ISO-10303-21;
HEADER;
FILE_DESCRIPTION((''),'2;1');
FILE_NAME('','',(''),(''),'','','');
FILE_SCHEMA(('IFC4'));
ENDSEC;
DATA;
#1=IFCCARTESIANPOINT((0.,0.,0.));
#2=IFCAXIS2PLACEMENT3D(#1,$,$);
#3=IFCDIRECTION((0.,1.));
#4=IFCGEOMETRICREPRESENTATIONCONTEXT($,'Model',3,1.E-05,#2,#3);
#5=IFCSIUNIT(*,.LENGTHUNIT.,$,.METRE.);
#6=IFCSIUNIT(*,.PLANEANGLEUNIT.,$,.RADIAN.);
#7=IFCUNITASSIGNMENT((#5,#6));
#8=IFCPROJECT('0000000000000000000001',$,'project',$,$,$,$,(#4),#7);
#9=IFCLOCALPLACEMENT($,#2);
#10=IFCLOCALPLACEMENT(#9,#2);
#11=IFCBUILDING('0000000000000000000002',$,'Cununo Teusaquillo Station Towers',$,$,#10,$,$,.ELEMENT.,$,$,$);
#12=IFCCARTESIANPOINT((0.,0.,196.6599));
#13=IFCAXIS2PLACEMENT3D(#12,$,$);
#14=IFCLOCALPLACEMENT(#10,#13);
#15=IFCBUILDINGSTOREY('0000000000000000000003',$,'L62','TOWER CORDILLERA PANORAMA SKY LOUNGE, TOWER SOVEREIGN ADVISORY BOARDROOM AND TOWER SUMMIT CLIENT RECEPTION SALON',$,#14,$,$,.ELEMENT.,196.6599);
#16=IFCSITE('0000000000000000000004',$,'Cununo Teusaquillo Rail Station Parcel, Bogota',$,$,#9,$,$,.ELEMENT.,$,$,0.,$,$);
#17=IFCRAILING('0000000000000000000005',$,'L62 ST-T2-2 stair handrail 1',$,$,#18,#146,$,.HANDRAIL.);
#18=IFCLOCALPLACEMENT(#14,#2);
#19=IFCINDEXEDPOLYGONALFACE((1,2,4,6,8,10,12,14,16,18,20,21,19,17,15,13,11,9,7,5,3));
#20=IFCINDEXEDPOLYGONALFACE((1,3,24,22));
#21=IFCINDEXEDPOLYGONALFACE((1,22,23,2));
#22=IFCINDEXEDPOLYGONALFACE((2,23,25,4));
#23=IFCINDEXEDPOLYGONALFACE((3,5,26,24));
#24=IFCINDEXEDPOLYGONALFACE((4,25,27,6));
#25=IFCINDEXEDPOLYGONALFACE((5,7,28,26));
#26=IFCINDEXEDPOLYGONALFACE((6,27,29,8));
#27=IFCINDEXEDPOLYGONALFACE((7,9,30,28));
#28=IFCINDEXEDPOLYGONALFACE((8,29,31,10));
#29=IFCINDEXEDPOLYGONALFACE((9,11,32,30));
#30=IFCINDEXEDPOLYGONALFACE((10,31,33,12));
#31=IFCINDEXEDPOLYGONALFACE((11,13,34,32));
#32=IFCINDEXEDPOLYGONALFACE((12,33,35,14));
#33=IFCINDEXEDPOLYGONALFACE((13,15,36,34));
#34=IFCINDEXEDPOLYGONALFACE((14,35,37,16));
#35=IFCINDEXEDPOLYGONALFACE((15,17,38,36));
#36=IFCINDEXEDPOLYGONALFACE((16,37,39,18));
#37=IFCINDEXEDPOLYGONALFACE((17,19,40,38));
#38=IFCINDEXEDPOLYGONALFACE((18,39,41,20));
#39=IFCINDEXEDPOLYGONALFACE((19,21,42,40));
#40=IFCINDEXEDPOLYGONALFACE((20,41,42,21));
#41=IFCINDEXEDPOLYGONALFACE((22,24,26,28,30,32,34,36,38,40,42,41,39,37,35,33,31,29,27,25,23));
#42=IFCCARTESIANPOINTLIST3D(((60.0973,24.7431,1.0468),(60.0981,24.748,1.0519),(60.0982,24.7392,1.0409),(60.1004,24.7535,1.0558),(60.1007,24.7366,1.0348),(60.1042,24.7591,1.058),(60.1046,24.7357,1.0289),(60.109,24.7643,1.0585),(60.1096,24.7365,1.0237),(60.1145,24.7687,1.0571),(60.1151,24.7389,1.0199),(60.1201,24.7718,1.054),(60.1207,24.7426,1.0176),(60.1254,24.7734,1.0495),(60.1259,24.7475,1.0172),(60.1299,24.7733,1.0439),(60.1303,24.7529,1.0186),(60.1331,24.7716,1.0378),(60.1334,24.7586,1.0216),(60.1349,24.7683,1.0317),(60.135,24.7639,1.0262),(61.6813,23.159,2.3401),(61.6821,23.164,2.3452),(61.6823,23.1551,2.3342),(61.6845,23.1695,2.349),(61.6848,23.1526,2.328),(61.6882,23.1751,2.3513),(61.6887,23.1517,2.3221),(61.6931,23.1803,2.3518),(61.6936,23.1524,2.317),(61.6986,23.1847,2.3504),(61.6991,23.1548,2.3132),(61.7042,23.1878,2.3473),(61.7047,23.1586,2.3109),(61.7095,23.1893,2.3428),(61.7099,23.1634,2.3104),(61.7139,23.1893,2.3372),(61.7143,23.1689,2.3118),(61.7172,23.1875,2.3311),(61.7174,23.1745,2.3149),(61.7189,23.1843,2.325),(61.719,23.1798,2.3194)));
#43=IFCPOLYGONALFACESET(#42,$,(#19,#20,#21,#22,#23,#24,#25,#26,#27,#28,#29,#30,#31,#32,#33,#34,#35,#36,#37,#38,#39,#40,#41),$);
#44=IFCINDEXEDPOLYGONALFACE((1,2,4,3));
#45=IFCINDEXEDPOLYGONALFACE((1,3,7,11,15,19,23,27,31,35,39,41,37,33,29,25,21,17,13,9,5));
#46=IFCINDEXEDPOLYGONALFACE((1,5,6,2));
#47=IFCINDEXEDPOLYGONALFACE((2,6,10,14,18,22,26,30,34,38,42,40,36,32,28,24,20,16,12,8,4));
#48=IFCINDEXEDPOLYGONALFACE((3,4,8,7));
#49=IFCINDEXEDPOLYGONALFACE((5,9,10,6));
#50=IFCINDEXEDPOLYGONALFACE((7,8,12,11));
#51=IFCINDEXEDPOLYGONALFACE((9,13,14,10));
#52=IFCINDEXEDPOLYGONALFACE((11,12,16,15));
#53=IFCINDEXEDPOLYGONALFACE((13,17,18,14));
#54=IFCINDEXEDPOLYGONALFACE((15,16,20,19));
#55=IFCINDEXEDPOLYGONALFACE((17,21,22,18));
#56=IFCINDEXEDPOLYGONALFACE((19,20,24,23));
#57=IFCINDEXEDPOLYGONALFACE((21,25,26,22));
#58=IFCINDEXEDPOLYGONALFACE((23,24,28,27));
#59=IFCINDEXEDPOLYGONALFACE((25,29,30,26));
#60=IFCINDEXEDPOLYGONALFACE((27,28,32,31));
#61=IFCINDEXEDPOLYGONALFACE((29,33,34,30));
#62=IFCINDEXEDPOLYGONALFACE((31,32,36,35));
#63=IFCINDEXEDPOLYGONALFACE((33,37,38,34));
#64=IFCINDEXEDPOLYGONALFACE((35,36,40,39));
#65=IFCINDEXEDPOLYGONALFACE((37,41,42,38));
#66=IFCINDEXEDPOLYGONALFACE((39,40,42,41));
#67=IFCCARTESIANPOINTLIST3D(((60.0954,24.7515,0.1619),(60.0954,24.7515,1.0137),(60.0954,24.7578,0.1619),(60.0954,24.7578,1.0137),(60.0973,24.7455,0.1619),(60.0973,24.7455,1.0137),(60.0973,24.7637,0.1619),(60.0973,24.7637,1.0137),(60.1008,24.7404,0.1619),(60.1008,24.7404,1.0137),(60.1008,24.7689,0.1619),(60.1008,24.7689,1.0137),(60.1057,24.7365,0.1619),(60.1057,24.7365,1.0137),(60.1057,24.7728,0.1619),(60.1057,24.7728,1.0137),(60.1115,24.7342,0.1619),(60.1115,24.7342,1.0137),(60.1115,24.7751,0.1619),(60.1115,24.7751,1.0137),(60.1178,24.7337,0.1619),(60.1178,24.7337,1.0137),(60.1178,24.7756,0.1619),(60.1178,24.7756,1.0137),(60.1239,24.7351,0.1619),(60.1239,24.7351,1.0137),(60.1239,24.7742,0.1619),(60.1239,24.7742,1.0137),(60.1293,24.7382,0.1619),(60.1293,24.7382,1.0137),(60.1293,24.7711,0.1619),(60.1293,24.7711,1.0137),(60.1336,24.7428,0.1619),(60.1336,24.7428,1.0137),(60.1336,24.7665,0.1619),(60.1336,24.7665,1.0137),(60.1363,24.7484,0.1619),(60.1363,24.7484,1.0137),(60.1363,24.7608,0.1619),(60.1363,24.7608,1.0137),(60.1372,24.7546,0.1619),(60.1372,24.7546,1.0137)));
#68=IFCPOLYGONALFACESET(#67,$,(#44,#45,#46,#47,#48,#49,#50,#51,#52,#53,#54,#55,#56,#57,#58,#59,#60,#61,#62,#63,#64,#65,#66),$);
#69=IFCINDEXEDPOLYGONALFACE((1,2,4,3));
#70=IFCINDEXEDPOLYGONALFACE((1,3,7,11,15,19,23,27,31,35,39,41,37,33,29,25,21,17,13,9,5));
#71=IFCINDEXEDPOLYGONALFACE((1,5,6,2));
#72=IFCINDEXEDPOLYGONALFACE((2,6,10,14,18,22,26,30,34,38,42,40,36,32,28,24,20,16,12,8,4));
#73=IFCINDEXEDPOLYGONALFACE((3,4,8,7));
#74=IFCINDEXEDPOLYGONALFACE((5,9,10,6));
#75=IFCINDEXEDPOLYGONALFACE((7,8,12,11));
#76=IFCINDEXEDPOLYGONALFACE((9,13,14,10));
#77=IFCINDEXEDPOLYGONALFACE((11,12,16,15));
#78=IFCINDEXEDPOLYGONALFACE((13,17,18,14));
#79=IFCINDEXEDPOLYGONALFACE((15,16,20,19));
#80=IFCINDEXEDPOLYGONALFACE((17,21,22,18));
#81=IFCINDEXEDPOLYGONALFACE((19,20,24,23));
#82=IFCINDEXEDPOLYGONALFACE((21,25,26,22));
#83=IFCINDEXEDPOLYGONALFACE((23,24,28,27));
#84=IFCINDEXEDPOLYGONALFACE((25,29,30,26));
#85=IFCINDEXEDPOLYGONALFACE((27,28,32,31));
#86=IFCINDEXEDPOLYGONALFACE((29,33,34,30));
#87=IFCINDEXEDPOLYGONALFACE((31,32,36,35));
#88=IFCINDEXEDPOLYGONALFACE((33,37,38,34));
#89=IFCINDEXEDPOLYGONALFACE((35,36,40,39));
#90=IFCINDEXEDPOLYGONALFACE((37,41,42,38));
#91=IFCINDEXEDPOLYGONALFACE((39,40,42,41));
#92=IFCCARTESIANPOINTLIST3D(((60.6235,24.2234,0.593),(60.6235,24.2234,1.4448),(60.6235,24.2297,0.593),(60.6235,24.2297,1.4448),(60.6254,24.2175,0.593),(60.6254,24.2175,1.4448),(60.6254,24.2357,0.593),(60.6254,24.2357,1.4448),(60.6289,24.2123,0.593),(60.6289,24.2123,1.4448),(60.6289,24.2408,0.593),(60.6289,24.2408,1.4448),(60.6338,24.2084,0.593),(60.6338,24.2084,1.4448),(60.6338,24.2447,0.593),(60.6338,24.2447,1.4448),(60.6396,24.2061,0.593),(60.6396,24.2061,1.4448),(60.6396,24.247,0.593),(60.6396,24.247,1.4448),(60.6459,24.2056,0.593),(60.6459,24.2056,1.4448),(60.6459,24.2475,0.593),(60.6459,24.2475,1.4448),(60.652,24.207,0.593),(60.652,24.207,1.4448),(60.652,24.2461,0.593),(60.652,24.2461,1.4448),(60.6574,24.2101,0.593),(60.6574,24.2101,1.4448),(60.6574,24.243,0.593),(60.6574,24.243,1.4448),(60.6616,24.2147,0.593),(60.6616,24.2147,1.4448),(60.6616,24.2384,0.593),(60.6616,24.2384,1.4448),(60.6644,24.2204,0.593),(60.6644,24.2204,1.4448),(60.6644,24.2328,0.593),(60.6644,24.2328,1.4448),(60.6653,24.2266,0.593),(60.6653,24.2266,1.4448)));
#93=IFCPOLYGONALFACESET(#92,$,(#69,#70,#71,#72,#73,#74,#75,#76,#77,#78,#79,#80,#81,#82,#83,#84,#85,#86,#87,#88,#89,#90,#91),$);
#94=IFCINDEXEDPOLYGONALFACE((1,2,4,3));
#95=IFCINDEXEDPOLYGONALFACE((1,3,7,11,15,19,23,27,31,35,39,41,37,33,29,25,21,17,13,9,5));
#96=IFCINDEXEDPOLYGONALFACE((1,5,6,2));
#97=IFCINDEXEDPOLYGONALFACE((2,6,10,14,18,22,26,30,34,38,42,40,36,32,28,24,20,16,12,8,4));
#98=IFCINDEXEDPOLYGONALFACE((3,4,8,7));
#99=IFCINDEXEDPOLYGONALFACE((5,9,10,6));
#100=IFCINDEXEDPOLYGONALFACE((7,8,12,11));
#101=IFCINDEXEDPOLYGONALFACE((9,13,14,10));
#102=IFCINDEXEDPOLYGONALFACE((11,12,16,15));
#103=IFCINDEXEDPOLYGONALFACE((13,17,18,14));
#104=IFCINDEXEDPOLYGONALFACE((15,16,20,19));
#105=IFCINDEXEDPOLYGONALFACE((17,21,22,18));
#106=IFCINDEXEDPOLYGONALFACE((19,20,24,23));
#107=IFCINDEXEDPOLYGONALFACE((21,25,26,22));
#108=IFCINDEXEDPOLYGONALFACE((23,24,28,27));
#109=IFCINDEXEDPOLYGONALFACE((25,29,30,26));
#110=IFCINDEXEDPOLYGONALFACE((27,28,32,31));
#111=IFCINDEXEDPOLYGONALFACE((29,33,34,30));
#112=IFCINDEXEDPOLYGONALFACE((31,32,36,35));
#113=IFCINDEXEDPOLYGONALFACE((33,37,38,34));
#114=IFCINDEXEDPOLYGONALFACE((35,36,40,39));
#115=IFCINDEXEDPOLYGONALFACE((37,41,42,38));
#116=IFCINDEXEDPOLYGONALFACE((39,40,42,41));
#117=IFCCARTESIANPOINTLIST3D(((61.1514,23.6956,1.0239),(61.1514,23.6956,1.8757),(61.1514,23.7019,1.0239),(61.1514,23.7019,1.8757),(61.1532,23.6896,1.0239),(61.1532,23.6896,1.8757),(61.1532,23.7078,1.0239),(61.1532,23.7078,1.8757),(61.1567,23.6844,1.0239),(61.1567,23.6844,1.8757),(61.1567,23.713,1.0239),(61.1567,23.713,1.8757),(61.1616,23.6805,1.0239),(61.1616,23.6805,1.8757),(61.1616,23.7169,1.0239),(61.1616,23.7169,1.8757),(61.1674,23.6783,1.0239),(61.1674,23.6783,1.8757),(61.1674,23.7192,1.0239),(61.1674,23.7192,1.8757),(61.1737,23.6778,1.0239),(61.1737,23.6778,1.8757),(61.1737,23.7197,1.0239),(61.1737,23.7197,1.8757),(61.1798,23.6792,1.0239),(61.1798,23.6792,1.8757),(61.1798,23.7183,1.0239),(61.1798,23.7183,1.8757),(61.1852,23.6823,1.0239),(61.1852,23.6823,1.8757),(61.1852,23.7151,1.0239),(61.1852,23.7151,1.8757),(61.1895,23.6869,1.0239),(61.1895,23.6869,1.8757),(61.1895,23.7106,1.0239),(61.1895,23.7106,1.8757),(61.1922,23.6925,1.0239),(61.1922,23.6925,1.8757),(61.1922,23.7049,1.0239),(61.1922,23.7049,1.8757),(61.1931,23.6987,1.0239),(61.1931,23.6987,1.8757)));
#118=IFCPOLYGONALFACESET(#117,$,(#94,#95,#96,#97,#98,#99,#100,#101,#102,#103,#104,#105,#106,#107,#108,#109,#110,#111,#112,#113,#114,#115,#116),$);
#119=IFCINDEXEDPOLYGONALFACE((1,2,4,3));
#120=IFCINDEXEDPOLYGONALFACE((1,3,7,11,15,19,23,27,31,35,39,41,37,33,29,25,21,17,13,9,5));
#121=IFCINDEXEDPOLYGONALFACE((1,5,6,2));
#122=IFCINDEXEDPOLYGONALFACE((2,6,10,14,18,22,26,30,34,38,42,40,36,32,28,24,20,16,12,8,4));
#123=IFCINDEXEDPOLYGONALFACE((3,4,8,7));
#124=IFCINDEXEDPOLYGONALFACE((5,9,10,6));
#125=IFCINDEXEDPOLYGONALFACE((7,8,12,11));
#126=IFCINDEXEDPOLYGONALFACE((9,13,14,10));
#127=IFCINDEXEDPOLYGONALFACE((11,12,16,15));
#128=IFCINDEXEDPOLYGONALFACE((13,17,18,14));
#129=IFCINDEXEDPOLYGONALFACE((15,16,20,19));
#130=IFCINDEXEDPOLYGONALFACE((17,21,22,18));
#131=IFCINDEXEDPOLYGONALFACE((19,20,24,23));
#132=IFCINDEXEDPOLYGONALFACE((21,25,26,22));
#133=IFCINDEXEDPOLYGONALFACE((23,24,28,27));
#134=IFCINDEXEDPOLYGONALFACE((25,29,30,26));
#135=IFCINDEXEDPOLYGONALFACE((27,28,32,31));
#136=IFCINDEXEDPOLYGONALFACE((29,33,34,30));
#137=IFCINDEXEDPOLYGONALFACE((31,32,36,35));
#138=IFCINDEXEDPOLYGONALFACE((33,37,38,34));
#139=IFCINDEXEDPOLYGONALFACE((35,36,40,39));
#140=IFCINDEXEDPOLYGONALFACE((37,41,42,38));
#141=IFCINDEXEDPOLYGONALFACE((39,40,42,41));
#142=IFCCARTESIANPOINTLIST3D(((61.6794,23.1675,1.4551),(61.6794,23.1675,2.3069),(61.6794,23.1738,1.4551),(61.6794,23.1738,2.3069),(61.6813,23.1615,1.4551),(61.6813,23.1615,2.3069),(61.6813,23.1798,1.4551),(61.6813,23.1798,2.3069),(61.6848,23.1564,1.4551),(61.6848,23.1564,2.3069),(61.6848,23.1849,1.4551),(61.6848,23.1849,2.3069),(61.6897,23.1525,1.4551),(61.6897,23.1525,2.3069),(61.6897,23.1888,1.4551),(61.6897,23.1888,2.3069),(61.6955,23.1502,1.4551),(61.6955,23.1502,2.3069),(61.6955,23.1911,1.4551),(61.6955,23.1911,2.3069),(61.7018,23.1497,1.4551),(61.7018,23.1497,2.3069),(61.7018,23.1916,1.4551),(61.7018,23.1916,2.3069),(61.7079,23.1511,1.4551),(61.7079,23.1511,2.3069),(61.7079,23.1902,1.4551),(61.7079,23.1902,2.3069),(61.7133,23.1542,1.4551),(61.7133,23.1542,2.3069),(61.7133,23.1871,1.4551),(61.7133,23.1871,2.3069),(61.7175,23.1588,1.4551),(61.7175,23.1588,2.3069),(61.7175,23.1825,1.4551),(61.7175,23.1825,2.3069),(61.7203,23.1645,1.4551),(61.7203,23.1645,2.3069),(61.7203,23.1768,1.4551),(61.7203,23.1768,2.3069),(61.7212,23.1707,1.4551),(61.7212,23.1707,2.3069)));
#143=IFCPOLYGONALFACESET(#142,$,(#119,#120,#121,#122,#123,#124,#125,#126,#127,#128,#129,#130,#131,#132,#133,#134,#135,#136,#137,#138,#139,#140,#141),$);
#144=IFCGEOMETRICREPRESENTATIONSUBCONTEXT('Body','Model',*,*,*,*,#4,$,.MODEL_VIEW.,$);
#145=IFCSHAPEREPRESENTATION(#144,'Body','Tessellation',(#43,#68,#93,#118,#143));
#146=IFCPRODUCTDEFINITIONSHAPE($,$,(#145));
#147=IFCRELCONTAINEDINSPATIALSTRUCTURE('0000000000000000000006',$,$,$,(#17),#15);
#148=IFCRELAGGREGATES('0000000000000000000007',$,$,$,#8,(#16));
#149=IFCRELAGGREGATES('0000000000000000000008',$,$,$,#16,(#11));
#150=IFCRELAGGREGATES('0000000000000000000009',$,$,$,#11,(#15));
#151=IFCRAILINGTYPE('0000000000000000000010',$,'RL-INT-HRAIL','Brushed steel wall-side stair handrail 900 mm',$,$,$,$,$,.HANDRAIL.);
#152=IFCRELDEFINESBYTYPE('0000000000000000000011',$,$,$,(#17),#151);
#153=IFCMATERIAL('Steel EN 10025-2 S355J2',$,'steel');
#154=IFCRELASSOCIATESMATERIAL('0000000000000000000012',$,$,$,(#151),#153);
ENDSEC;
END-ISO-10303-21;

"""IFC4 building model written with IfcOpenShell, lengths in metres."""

from ifc_helpers import new_model, si_unit, direction, frame, origin, origin_2d, place, context, subcontext, project, spatial, circle, extrude, material, type_object, element, save


model = new_model("IFC4")

# Units and contexts
model_context = context("Model", 3, precision=1e-05, world=origin(), true_north=direction((0.0, 1.0)))
body_context = subcontext(model_context, "Body", "Model", "MODEL_VIEW")
ifc_project = project(units=[si_unit("LENGTHUNIT", "METRE"), si_unit("PLANEANGLEUNIT", "RADIAN")], contexts=[model_context])

# Site, building, storey
site_placement = place(None, origin())
site = spatial("IfcSite", under=ifc_project, at=site_placement, Name="Cununo Teusaquillo Rail Station Parcel, Bogota", CompositionType="ELEMENT", RefElevation=0.0)
building_placement = place(site_placement, origin())
building = spatial("IfcBuilding", under=site, at=building_placement, Name="Cununo Teusaquillo Station Towers", CompositionType="ELEMENT")
storey_placement = place(building_placement, frame((0.0, 0.0, 196.6599)))
storey = spatial("IfcBuildingStorey", under=building, at=storey_placement, Name="L62", Description="TOWER CORDILLERA PANORAMA SKY LOUNGE, TOWER SOVEREIGN ADVISORY BOARDROOM AND TOWER SUMMIT CLIENT RECEPTION SALON", CompositionType="ELEMENT", Elevation=196.6599)

# Railing
ifc_material_1 = material(Name="Steel EN 10025-2 S355J2", Category="steel")
railing_type_1 = type_object("IfcRailingType", Name="RL-INT-HRAIL", Description="Brushed steel wall-side stair handrail 900 mm", PredefinedType="HANDRAIL", material=ifc_material_1)
railing_1_placement = place(storey_placement, frame((60.1162, 24.7546, 0.1619)))
element("IfcRailing", 1, at=railing_1_placement, inside=storey, type_object=railing_type_1, Name="L62 ST-T2-2 stair handrail 1", PredefinedType="HANDRAIL", context=body_context, shape_type="SweptSolid", body=[
    extrude(circle(Radius=0.0239, at=origin_2d()), frame((0.0, 0.0, 0.876), z_axis=(0.612385, -0.612385, 0.49997), x_axis=(0.707107, 0.707107, 0.0)), (0.0, 0.0, 1.0), 2.5867),
    extrude(circle(Radius=0.021, at=origin_2d()), origin(), (0.0, 0.0, 1.0), 0.8518),
    extrude(circle(Radius=0.021, at=origin_2d()), frame((0.5281, -0.5281, 0.4312)), (0.0, 0.0, 1.0), 0.8518),
    extrude(circle(Radius=0.021, at=origin_2d()), frame((1.0559, -1.0559, 0.8621)), (0.0, 0.0, 1.0), 0.8518),
    extrude(circle(Radius=0.021, at=origin_2d()), frame((1.584, -1.584, 1.2932)), (0.0, 0.0, 1.0), 0.8518),
])

save(model, "model.ifc")
